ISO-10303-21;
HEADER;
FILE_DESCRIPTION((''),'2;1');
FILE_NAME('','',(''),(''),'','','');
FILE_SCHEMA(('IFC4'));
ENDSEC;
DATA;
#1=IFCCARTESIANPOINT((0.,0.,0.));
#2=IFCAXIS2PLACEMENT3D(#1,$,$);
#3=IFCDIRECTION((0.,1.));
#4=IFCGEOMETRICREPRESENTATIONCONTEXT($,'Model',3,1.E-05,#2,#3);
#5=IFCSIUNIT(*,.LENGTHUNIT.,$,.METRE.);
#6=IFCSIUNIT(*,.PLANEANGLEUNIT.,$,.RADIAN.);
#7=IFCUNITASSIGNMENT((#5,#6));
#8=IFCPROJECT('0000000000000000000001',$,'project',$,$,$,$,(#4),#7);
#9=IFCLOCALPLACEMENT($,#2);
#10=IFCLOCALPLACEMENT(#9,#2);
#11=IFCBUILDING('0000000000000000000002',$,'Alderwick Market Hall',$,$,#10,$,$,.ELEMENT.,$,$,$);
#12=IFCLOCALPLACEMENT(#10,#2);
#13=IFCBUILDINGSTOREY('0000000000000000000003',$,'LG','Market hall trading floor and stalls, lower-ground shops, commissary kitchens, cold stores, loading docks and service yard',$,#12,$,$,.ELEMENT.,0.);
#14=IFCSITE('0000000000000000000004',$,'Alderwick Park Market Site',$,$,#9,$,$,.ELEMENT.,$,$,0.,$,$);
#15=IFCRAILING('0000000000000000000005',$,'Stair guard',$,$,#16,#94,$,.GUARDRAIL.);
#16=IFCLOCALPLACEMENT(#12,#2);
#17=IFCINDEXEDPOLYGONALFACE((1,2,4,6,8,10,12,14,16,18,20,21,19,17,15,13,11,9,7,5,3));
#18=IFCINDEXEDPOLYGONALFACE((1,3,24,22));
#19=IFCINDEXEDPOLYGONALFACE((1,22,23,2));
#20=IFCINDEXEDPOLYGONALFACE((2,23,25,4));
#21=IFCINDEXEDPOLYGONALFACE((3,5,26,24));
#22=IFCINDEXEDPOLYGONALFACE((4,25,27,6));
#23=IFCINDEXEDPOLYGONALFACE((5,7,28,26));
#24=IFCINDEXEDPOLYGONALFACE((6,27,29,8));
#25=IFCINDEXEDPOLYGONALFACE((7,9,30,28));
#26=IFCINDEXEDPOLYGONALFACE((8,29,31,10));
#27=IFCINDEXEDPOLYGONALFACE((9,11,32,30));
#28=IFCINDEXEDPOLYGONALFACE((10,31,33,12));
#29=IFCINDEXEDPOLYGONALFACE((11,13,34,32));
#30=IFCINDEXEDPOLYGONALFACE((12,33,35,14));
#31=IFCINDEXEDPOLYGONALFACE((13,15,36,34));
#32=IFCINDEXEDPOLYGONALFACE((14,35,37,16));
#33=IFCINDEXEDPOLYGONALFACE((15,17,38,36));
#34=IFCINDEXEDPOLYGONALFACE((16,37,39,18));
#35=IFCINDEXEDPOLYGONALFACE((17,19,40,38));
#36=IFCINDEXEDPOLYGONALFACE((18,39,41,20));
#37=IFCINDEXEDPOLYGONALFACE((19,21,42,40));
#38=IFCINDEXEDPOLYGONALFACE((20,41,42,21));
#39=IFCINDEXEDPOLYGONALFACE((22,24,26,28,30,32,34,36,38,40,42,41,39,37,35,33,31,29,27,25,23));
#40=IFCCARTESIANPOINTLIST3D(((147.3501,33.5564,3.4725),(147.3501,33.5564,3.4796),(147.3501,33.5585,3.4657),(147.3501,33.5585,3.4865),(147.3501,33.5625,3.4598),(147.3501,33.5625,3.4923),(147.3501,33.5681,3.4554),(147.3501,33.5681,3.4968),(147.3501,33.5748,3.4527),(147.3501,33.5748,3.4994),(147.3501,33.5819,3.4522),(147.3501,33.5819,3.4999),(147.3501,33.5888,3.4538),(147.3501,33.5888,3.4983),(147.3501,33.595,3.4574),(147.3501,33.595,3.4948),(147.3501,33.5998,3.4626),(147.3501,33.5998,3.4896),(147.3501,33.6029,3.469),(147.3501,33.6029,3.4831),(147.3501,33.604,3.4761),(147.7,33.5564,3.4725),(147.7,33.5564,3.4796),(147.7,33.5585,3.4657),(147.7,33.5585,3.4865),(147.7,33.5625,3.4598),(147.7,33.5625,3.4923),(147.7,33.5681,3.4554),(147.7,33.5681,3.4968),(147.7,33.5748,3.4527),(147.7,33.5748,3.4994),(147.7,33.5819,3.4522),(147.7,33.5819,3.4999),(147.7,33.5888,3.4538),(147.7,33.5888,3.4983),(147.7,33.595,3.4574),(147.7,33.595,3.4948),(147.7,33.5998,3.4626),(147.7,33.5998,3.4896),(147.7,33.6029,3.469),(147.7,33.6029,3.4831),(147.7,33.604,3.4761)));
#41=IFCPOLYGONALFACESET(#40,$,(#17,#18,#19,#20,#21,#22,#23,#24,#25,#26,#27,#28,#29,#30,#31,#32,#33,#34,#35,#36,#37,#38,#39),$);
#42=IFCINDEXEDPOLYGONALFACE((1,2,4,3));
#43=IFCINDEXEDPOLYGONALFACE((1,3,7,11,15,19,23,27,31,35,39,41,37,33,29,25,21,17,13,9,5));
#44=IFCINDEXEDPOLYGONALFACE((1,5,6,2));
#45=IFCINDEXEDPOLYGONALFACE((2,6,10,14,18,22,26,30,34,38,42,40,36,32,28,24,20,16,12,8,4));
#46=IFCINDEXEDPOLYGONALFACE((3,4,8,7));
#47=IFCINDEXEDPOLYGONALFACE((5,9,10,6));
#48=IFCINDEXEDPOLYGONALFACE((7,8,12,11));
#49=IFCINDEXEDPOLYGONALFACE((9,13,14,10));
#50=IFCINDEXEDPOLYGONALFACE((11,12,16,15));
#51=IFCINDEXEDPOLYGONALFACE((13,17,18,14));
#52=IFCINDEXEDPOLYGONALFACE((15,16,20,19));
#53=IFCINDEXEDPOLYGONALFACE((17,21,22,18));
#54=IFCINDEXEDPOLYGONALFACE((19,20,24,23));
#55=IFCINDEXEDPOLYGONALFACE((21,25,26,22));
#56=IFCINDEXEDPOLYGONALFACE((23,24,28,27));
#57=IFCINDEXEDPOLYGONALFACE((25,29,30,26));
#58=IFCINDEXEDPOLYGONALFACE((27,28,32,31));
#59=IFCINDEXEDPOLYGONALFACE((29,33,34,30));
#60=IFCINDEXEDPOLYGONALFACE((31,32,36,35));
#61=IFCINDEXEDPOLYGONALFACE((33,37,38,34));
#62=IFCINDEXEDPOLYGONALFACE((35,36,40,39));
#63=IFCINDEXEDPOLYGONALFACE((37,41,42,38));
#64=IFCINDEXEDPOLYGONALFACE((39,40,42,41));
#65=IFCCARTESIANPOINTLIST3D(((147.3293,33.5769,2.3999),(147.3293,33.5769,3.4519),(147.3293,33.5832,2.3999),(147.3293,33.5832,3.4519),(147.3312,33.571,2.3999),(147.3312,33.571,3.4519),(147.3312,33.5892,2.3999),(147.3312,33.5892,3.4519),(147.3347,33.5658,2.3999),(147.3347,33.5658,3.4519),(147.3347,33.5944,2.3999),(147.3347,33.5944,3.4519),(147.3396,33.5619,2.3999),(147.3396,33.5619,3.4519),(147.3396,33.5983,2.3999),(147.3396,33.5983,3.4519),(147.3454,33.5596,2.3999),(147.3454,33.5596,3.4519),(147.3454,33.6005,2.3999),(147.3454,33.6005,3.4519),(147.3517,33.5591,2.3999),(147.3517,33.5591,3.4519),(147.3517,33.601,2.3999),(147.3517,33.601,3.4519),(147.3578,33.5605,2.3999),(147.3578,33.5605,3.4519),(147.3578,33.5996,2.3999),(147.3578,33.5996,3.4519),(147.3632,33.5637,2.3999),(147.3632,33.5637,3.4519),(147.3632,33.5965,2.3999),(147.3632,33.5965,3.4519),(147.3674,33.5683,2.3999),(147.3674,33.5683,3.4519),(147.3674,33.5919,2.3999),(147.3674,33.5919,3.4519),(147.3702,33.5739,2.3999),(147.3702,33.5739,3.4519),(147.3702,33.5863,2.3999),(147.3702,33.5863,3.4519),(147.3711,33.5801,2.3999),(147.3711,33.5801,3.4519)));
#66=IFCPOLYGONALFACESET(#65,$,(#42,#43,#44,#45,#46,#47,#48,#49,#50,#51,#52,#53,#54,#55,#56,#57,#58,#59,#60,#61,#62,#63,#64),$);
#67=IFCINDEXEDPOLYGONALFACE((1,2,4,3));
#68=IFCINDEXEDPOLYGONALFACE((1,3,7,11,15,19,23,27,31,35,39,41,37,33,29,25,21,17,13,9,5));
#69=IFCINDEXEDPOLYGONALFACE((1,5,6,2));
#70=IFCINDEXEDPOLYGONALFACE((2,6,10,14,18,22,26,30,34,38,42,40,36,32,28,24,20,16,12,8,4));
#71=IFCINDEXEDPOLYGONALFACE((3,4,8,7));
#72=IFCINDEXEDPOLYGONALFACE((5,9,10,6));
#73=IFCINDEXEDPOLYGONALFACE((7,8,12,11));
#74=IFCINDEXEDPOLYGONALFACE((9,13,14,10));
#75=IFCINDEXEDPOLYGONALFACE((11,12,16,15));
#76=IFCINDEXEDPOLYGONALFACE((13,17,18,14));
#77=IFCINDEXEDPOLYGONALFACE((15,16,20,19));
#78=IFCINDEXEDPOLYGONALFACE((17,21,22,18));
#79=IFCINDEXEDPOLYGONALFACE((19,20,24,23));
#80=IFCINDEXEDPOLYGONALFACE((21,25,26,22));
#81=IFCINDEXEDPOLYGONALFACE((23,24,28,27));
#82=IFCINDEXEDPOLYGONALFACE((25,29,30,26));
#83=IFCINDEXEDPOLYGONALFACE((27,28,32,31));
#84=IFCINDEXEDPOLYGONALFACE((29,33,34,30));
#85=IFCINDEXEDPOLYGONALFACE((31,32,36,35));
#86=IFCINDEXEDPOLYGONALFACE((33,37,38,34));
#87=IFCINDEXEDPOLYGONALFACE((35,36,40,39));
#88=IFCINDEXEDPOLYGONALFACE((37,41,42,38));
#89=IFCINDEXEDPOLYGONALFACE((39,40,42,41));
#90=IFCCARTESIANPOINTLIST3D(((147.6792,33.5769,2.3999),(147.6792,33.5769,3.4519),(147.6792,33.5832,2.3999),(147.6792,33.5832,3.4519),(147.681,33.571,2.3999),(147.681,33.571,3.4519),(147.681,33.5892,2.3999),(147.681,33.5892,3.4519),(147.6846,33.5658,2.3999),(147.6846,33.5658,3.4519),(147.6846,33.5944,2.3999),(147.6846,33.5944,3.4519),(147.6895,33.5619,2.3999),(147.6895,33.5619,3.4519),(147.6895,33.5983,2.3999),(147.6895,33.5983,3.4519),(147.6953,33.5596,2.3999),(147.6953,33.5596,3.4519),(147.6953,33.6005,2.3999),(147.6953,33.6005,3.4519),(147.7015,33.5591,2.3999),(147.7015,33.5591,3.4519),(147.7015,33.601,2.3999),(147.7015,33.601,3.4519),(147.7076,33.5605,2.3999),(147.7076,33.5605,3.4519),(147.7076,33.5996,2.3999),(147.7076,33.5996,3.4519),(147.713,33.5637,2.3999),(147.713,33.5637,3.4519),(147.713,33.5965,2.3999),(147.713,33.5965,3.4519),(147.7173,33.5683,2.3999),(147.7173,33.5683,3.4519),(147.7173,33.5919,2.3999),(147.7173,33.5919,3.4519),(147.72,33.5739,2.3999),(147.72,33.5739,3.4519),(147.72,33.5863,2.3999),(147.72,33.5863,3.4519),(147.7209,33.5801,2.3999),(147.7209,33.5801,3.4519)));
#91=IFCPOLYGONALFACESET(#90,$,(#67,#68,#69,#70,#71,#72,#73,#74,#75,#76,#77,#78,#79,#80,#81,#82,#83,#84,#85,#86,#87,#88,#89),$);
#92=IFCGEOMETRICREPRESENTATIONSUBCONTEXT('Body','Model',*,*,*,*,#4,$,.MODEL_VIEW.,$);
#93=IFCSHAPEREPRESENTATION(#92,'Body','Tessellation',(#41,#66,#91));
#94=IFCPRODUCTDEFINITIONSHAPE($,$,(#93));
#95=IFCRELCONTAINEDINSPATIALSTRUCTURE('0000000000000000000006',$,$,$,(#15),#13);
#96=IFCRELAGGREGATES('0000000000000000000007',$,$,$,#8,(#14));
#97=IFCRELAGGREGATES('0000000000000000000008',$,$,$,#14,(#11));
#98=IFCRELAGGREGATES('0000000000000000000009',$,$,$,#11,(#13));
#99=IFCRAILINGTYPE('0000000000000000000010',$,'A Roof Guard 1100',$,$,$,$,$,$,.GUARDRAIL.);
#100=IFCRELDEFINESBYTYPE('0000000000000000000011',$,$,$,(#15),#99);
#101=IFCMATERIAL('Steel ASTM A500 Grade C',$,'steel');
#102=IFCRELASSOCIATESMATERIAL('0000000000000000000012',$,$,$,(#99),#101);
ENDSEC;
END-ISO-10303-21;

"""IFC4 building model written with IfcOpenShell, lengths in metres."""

from ifc_helpers import new_model, si_unit, direction, frame, origin, origin_2d, place, context, subcontext, project, spatial, circle, extrude, material, type_object, element, save


model = new_model("IFC4")

# Units and contexts
model_context = context("Model", 3, precision=1e-05, world=origin(), true_north=direction((0.0, 1.0)))
body_context = subcontext(model_context, "Body", "Model", "MODEL_VIEW")
ifc_project = project(units=[si_unit("LENGTHUNIT", "METRE"), si_unit("PLANEANGLEUNIT", "RADIAN")], contexts=[model_context])

# Site, building, storey
site_placement = place(None, origin())
site = spatial("IfcSite", under=ifc_project, at=site_placement, Name="Alderwick Park Market Site", CompositionType="ELEMENT", RefElevation=0.0)
building_placement = place(site_placement, origin())
building = spatial("IfcBuilding", under=site, at=building_placement, Name="Alderwick Market Hall", CompositionType="ELEMENT")
storey_placement = place(building_placement, origin())
storey = spatial("IfcBuildingStorey", under=building, at=storey_placement, Name="LG", Description="Market hall trading floor and stalls, lower-ground shops, commissary kitchens, cold stores, loading docks and service yard", CompositionType="ELEMENT", Elevation=0.0)

# Railing
ifc_material_1 = material(Name="Steel ASTM A500 Grade C", Category="steel")
railing_type = type_object("IfcRailingType", Name="A Roof Guard 1100", PredefinedType="GUARDRAIL", material=ifc_material_1)
railing_1_placement = place(storey_placement, frame((147.3501, 33.5801, 2.3999)))
element("IfcRailing", 1, at=railing_1_placement, inside=storey, type_object=railing_type, Name="Stair guard", PredefinedType="GUARDRAIL", context=body_context, shape_type="SweptSolid", body=[
    extrude(circle(Radius=0.0239, at=origin_2d()), frame((0.0, 0.0, 1.0762), z_axis=(1.0, 0.0, 0.0), x_axis=(0.0, 1.0, 0.0)), (0.0, 0.0, 1.0), 0.3499),
    extrude(circle(Radius=0.021, at=origin_2d()), origin(), (0.0, 0.0, 1.0), 1.052),
    extrude(circle(Radius=0.021, at=origin_2d()), frame((0.3499, 0.0, 0.0)), (0.0, 0.0, 1.0), 1.052),
])

save(model, "model.ifc")
